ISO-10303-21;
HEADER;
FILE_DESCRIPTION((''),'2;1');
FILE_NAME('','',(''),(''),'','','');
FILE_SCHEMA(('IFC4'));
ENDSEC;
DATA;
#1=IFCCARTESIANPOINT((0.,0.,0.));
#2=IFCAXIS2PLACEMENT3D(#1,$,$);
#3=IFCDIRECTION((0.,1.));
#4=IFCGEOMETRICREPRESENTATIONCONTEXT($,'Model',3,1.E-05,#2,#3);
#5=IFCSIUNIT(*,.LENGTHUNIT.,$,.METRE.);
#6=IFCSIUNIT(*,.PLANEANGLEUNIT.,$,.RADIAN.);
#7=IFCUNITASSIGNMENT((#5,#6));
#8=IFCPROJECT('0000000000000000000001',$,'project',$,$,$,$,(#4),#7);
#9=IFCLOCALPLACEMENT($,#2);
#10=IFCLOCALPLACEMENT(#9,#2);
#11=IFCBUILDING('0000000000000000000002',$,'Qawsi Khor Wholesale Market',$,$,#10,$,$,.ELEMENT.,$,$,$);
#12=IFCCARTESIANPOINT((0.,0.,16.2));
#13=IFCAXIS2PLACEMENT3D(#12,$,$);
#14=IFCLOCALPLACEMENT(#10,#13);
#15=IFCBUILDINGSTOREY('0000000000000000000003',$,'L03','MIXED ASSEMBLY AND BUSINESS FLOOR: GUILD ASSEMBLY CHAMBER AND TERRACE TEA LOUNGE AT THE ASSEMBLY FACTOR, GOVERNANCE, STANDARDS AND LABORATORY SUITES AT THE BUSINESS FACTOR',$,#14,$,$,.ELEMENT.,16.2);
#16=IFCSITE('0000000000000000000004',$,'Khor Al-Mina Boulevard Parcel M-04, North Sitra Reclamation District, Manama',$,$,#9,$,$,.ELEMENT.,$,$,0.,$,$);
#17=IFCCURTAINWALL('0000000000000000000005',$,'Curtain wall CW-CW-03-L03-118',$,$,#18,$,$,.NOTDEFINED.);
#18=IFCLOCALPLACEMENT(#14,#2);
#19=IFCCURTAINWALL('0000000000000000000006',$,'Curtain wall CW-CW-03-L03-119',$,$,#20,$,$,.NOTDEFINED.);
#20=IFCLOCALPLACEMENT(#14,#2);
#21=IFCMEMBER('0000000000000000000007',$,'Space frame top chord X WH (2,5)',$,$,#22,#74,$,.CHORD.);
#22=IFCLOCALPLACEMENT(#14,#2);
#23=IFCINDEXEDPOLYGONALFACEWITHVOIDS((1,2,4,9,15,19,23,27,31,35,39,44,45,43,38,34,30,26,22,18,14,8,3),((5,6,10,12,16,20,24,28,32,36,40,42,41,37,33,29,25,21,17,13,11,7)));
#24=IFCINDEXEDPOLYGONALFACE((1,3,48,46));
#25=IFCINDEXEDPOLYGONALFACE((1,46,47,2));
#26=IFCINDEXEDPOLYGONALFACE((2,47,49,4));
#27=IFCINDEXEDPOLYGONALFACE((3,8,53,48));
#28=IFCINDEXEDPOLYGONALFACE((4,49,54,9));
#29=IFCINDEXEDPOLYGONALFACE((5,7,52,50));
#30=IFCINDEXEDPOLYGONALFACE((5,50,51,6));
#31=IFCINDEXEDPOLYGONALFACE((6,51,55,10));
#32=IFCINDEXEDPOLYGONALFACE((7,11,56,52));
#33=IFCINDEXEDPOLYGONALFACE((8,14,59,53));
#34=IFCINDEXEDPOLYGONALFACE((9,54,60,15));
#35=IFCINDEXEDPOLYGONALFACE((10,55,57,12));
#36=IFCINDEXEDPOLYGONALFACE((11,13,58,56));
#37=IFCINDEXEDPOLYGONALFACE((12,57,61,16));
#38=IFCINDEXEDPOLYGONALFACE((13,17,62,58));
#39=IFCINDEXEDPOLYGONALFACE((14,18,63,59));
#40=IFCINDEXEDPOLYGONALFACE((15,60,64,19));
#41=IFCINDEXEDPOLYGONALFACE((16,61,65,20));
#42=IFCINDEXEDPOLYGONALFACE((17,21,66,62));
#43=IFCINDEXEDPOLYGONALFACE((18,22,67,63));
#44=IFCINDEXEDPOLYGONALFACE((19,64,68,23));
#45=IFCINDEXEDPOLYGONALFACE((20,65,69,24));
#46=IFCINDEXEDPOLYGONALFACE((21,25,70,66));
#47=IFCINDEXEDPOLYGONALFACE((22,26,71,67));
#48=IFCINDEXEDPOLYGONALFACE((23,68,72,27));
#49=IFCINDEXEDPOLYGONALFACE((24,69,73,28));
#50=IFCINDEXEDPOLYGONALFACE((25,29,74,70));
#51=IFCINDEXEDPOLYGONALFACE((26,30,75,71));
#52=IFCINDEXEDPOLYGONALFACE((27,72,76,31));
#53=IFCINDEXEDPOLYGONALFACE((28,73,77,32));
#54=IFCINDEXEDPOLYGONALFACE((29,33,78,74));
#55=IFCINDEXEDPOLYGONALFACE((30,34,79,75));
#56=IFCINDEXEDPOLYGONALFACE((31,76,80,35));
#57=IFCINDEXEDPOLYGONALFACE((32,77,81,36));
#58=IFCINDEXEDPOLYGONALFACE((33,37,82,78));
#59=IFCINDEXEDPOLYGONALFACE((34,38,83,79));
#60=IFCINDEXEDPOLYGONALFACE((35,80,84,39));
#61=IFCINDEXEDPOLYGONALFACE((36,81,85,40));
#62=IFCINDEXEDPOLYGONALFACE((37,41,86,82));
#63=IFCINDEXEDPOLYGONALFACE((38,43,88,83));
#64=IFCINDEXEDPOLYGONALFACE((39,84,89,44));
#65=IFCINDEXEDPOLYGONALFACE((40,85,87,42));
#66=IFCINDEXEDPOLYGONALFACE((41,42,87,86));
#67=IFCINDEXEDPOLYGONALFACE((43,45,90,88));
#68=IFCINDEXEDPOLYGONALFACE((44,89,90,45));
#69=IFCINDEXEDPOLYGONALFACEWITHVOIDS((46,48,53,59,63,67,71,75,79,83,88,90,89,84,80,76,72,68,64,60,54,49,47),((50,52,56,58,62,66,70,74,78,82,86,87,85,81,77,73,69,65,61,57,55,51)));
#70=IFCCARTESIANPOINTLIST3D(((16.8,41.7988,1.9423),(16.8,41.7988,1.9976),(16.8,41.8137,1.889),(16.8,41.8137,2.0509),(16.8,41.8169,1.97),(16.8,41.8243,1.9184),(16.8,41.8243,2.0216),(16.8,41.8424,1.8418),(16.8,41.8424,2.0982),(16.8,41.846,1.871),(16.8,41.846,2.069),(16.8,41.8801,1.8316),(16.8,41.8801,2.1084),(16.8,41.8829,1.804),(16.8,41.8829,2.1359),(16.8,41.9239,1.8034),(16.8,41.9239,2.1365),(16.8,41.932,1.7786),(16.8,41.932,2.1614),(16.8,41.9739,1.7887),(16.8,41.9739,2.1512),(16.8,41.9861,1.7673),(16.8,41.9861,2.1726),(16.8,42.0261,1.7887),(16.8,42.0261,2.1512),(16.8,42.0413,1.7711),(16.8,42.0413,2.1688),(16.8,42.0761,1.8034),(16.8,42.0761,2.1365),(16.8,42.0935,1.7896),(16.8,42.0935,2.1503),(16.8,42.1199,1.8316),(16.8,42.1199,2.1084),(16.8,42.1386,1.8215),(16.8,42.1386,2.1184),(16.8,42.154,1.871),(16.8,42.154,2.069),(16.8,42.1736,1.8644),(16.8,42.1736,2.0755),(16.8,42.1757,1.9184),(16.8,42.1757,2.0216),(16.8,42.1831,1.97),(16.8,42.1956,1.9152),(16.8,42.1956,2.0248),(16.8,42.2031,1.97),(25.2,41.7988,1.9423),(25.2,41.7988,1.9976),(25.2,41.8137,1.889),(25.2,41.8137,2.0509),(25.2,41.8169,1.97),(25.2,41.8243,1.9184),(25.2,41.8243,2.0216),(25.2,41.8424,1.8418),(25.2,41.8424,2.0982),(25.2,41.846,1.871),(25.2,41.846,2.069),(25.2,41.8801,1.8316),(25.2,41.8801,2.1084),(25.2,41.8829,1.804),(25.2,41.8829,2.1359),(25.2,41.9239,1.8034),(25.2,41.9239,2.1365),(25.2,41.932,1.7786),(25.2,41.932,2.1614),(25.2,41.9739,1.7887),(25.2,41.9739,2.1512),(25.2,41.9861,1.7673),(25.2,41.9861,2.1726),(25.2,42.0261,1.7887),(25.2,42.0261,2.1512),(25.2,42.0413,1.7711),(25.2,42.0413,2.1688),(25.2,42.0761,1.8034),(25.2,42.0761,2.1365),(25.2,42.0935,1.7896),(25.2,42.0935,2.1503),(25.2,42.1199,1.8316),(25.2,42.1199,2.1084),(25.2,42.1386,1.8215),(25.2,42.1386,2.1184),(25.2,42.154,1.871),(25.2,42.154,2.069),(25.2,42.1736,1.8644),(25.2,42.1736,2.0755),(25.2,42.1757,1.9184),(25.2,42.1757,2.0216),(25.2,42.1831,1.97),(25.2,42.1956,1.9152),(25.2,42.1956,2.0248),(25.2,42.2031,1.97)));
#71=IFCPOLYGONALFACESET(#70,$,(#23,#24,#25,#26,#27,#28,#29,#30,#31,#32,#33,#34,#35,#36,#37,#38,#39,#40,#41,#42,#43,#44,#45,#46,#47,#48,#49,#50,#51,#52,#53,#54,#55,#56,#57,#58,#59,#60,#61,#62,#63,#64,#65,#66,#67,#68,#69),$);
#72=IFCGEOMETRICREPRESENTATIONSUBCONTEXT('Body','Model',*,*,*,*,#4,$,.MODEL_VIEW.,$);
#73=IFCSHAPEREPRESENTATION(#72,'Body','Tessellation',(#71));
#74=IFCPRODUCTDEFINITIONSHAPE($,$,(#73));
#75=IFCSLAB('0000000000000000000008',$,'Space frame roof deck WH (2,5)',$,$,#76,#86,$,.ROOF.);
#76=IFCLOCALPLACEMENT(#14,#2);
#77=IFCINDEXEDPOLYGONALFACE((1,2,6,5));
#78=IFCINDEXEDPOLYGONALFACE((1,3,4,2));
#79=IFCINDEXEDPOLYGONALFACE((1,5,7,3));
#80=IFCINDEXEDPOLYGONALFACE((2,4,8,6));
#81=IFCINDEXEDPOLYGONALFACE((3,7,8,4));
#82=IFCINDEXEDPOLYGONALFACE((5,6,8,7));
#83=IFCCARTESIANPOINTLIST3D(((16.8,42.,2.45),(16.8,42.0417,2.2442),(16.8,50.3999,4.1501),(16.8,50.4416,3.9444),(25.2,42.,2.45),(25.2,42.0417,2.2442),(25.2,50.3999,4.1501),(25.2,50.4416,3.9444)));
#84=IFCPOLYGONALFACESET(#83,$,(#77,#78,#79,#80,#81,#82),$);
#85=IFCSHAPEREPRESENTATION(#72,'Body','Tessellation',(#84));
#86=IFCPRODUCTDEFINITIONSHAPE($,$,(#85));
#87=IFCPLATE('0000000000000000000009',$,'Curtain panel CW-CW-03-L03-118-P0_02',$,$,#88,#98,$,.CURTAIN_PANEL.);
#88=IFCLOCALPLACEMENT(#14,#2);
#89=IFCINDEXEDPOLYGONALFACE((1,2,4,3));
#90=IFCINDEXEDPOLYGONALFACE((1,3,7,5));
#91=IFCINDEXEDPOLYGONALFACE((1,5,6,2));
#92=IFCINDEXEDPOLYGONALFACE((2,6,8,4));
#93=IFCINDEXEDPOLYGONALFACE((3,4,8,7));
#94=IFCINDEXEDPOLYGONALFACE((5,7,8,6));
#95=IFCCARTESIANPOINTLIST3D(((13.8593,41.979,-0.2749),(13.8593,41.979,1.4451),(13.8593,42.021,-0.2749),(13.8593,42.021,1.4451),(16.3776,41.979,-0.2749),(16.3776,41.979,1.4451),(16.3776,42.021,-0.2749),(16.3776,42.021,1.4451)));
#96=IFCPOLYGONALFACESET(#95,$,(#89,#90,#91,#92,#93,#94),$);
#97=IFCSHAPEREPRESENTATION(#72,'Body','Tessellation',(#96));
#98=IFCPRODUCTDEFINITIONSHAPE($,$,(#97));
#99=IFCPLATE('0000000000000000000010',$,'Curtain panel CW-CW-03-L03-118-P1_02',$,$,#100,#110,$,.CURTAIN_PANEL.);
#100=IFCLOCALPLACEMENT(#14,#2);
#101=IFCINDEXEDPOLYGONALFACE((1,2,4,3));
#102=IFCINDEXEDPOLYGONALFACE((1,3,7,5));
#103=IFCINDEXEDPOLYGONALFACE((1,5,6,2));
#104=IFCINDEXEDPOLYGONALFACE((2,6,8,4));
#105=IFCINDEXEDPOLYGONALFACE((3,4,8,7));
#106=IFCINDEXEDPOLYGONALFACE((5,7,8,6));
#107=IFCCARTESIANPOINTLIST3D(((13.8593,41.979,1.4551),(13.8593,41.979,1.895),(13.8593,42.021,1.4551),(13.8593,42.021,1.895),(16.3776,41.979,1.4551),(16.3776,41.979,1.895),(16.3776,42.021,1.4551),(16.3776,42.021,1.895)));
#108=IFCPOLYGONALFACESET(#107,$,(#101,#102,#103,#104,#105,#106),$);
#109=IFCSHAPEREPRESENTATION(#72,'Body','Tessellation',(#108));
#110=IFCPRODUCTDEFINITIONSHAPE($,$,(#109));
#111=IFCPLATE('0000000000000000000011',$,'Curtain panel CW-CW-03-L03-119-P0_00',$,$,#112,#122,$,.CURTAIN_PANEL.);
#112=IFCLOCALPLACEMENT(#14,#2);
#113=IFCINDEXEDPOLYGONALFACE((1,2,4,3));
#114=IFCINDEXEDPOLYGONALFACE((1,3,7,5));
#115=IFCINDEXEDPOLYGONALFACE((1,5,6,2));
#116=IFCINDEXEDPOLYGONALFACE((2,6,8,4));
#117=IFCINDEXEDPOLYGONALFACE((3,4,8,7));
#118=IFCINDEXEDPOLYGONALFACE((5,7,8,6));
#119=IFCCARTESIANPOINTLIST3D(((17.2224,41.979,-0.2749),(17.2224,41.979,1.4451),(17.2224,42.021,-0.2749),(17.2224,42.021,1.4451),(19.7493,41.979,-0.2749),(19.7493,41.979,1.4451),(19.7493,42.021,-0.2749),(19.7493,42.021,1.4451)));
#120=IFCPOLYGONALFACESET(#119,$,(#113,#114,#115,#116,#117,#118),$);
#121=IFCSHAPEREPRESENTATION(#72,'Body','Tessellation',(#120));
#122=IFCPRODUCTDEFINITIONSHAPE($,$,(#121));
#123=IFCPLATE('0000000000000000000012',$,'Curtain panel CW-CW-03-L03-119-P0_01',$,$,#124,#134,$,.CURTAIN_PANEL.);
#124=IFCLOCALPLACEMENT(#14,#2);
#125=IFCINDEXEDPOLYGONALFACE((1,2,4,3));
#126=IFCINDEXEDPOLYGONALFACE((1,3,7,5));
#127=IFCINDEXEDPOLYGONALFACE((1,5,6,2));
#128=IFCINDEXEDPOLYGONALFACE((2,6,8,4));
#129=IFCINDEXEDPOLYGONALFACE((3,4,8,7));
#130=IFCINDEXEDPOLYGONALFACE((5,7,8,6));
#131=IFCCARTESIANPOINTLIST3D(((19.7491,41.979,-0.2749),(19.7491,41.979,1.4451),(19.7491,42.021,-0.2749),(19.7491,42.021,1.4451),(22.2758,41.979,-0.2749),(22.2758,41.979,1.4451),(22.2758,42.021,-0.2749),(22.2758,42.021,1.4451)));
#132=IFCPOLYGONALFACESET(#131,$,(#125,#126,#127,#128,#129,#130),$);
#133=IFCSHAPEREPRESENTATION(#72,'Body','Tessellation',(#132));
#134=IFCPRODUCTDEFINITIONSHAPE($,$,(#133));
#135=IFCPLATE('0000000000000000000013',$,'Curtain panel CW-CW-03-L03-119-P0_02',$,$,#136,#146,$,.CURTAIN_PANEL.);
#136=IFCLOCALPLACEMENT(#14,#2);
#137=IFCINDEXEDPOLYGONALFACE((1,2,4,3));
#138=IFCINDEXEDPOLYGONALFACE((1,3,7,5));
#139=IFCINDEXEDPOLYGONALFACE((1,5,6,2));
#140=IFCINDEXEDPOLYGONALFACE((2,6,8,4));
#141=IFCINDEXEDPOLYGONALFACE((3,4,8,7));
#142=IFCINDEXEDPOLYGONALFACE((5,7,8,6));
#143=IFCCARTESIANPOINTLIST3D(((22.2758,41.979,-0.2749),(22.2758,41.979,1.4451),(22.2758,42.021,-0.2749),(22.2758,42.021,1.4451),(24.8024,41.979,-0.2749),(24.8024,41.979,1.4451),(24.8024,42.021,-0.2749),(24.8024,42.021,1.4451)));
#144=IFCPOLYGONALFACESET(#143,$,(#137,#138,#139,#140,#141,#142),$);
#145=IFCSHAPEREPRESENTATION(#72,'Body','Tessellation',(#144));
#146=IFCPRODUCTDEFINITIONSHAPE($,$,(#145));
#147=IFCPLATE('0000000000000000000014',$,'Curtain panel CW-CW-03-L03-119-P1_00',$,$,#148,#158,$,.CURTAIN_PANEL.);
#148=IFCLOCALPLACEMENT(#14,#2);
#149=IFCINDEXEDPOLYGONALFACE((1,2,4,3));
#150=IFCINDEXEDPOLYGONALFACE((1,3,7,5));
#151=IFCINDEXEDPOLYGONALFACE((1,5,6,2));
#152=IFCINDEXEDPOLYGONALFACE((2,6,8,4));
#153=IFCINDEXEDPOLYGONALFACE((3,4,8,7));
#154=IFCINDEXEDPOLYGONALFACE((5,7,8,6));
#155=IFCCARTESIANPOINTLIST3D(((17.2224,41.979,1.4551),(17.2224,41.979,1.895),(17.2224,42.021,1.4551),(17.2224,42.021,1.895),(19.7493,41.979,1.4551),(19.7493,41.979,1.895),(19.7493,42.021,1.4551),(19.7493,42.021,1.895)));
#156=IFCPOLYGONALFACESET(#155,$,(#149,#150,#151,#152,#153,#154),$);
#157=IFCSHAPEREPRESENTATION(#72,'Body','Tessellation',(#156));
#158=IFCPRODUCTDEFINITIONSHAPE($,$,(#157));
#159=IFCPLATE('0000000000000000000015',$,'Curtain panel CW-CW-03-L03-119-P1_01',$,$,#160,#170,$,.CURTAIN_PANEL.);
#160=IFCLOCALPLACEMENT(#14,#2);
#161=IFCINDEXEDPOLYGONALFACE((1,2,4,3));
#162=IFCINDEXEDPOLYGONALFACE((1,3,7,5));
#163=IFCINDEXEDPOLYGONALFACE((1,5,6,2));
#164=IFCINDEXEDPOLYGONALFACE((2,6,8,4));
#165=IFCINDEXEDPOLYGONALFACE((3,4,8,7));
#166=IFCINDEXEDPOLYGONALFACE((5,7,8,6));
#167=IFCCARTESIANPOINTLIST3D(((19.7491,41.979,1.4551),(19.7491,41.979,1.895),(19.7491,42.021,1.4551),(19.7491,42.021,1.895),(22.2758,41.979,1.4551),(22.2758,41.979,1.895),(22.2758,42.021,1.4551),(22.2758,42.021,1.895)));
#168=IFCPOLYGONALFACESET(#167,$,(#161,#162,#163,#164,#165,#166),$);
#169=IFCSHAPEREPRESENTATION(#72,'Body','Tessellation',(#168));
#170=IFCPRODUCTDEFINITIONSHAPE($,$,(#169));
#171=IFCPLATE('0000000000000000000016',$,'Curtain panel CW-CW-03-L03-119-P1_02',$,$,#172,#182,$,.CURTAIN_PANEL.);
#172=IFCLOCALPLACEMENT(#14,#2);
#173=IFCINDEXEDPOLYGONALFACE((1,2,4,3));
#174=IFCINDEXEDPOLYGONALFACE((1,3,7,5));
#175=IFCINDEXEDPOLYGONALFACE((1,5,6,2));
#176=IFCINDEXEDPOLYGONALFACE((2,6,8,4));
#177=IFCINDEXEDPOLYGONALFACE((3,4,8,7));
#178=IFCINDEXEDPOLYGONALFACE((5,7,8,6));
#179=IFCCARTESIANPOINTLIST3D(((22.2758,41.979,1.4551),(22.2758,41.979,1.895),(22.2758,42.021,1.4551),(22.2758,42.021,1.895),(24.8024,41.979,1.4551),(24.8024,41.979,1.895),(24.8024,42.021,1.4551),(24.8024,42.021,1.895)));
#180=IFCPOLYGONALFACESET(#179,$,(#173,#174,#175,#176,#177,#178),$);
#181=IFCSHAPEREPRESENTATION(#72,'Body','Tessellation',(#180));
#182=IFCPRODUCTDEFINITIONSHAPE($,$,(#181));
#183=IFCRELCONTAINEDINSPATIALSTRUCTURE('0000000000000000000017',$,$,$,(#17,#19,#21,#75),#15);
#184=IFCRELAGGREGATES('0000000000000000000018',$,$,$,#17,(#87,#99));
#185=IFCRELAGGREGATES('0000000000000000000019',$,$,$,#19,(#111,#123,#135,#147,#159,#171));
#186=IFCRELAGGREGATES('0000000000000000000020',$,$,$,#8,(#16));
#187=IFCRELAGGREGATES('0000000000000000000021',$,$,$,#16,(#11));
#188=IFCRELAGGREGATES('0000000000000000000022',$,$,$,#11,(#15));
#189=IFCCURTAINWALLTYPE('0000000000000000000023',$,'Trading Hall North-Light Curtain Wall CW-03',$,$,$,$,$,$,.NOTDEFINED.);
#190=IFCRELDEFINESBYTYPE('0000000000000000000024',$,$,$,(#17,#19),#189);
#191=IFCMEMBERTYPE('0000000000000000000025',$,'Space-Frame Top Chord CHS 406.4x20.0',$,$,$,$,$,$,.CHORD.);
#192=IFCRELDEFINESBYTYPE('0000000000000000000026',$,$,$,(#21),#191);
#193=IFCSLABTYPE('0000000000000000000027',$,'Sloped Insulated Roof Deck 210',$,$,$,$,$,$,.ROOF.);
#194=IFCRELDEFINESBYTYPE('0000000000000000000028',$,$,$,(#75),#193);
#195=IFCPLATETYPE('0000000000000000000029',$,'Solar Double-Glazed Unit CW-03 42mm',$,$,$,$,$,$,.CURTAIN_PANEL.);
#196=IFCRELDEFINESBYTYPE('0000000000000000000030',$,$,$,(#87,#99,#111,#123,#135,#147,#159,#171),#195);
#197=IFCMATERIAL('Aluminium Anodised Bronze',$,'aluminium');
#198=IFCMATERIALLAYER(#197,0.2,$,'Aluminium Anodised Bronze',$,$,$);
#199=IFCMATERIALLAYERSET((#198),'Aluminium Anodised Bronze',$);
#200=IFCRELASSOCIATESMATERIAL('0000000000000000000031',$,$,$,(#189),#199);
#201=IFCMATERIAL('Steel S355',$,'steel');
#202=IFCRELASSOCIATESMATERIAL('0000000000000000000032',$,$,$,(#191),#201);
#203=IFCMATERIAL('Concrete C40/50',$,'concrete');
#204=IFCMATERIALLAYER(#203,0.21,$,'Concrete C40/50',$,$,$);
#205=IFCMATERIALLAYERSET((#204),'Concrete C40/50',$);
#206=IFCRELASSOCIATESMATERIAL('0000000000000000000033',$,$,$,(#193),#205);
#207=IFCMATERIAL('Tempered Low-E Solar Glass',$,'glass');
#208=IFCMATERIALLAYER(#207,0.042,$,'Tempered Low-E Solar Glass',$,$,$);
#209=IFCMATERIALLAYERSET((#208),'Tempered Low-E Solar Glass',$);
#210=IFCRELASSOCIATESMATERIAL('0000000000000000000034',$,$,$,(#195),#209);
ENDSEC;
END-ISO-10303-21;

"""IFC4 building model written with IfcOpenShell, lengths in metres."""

from ifc_helpers import new_model, si_unit, direction, frame, frame_2d, origin, origin_2d, place, context, subcontext, project, spatial, polyline, rectangle, hollow_circle, outline, extrude, material, layer, layer_set, material_profile, profile_set, type_object, element, aggregate, save


model = new_model("IFC4")

# Units and contexts
model_context = context("Model", 3, precision=1e-05, world=origin(), true_north=direction((0.0, 1.0)))
body_context = subcontext(model_context, "Body", "Model", "MODEL_VIEW")
ifc_project = project(units=[si_unit("LENGTHUNIT", "METRE"), si_unit("PLANEANGLEUNIT", "RADIAN")], contexts=[model_context])

# Site, building, storey
site_placement = place(None, origin())
site = spatial("IfcSite", under=ifc_project, at=site_placement, Name="Khor Al-Mina Boulevard Parcel M-04, North Sitra Reclamation District, Manama", CompositionType="ELEMENT", RefElevation=0.0)
building_placement = place(site_placement, origin())
building = spatial("IfcBuilding", under=site, at=building_placement, Name="Qawsi Khor Wholesale Market", CompositionType="ELEMENT")
storey_placement = place(building_placement, frame((0.0, 0.0, 16.2)))
storey = spatial("IfcBuildingStorey", under=building, at=storey_placement, Name="L03", Description="MIXED ASSEMBLY AND BUSINESS FLOOR: GUILD ASSEMBLY CHAMBER AND TERRACE TEA LOUNGE AT THE ASSEMBLY FACTOR, GOVERNANCE, STANDARDS AND LABORATORY SUITES AT THE BUSINESS FACTOR", CompositionType="ELEMENT", Elevation=16.2)

# Curtain wall
ifc_material_1 = material(Name="Aluminium Anodised Bronze", Category="aluminium")
ifc_layer_1 = layer(ifc_material_1, 0.2, Name="Aluminium Anodised Bronze")
ifc_layer_set_1 = layer_set([ifc_layer_1], Name="Aluminium Anodised Bronze")
curtain_wall_type = type_object("IfcCurtainWallType", Name="Trading Hall North-Light Curtain Wall CW-03", PredefinedType="NOTDEFINED", material=ifc_layer_set_1)
curtain_wall_1_placement = place(storey_placement, origin())
curtain_wall_1 = element("IfcCurtainWall", 1, at=curtain_wall_1_placement, inside=storey, type_object=curtain_wall_type, Name="Curtain wall CW-CW-03-L03-118", PredefinedType="NOTDEFINED")

# Curtain wall
curtain_wall_2_placement = place(storey_placement, origin())
curtain_wall_2 = element("IfcCurtainWall", 2, at=curtain_wall_2_placement, inside=storey, type_object=curtain_wall_type, Name="Curtain wall CW-CW-03-L03-119", PredefinedType="NOTDEFINED")

# Member
ifc_material_2 = material(Name="Steel S355", Category="steel")
ifc_material_profile_1 = material_profile(ifc_material_2, hollow_circle(Radius=0.2031, WallThickness=0.02, at=origin_2d()), Name="CHS 406.4x20.0")
ifc_profile_set_1 = profile_set([ifc_material_profile_1], Name="Steel S355")
member_type_1 = type_object("IfcMemberType", Name="Space-Frame Top Chord CHS 406.4x20.0", PredefinedType="CHORD", material=ifc_profile_set_1)
member_1_placement = place(storey_placement, frame((16.8, 42.0, 1.97), z_axis=(1.0, 0.0, 0.0), x_axis=(0.0, 1.0, 0.0)))
element("IfcMember", 3, at=member_1_placement, inside=storey, type_object=member_type_1, Name="Space frame top chord X WH (2,5)", PredefinedType="CHORD", context=body_context, shape_type="SweptSolid", body=[
    extrude(hollow_circle(Radius=0.2031, WallThickness=0.02, at=origin_2d()), origin(), (0.0, 0.0, 1.0), 8.3999),
])

# Slab
ifc_material_3 = material(Name="Concrete C40/50", Category="concrete")
ifc_layer_2 = layer(ifc_material_3, 0.21, Name="Concrete C40/50")
ifc_layer_set_2 = layer_set([ifc_layer_2], Name="Concrete C40/50")
slab_type = type_object("IfcSlabType", Name="Sloped Insulated Roof Deck 210", PredefinedType="ROOF", material=ifc_layer_set_2)
slab_placement = place(storey_placement, frame((16.8, 42.0, 2.45), z_axis=(0.0, -0.198384, 0.980124), x_axis=(1.0, 0.0, 0.0)))
element("IfcSlab", 4, at=slab_placement, inside=storey, type_object=slab_type, Name="Space frame roof deck WH (2,5)", PredefinedType="ROOF", context=body_context, shape_type="SweptSolid", body=[
    extrude(outline(polyline([(0.0, 0.0), (8.3999, 0.0), (8.3999, 8.5702), (0.0, 8.5702), (0.0, 0.0)])), origin(), (0.0, 0.0, -1.0), 0.21),
])

# Plates
ifc_material_4 = material(Name="Tempered Low-E Solar Glass", Category="glass")
ifc_layer_3 = layer(ifc_material_4, 0.042, Name="Tempered Low-E Solar Glass")
ifc_layer_set_3 = layer_set([ifc_layer_3], Name="Tempered Low-E Solar Glass")
plate_type = type_object("IfcPlateType", Name="Solar Double-Glazed Unit CW-03 42mm", PredefinedType="CURTAIN_PANEL", material=ifc_layer_set_3)
plate_1_placement = place(storey_placement, frame((13.8591, 42.0, -0.2749), z_axis=(0.0, 0.0, 1.0), x_axis=(1.0, 0.0, 0.0)))
plate_1 = element("IfcPlate", 5, at=plate_1_placement, type_object=plate_type, Name="Curtain panel CW-CW-03-L03-118-P0_02", PredefinedType="CURTAIN_PANEL", context=body_context, shape_type="SweptSolid", body=[
    extrude(rectangle(XDim=2.5183, YDim=0.042, at=frame_2d((1.2593, 0.0))), origin(), (0.0, 0.0, 1.0), 1.72),
])
plate_2_placement = place(storey_placement, frame((13.8591, 42.0, 1.4551), z_axis=(0.0, 0.0, 1.0), x_axis=(1.0, 0.0, 0.0)))
plate_2 = element("IfcPlate", 6, at=plate_2_placement, type_object=plate_type, Name="Curtain panel CW-CW-03-L03-118-P1_02", PredefinedType="CURTAIN_PANEL", context=body_context, shape_type="SweptSolid", body=[
    extrude(rectangle(XDim=2.5183, YDim=0.042, at=frame_2d((1.2593, 0.0))), origin(), (0.0, 0.0, 1.0), 0.4399),
])
aggregate(curtain_wall_1, [plate_1, plate_2])
plate_3_placement = place(storey_placement, frame((17.2224, 42.0, -0.2749), z_axis=(0.0, 0.0, 1.0), x_axis=(1.0, 0.0, 0.0)))
plate_3 = element("IfcPlate", 7, at=plate_3_placement, type_object=plate_type, Name="Curtain panel CW-CW-03-L03-119-P0_00", PredefinedType="CURTAIN_PANEL", context=body_context, shape_type="SweptSolid", body=[
    extrude(rectangle(XDim=2.5269, YDim=0.042, at=frame_2d((1.2634, 0.0))), origin(), (0.0, 0.0, 1.0), 1.72),
])
plate_4_placement = place(storey_placement, frame((19.7493, 42.0, -0.2749), z_axis=(0.0, 0.0, 1.0), x_axis=(1.0, 0.0, 0.0)))
plate_4 = element("IfcPlate", 8, at=plate_4_placement, type_object=plate_type, Name="Curtain panel CW-CW-03-L03-119-P0_01", PredefinedType="CURTAIN_PANEL", context=body_context, shape_type="SweptSolid", body=[
    extrude(rectangle(XDim=2.5266, YDim=0.042, at=frame_2d((1.2632, 0.0))), origin(), (0.0, 0.0, 1.0), 1.72),
])
plate_5_placement = place(storey_placement, frame((22.2759, 42.0, -0.2749), z_axis=(0.0, 0.0, 1.0), x_axis=(1.0, 0.0, 0.0)))
plate_5 = element("IfcPlate", 9, at=plate_5_placement, type_object=plate_type, Name="Curtain panel CW-CW-03-L03-119-P0_02", PredefinedType="CURTAIN_PANEL", context=body_context, shape_type="SweptSolid", body=[
    extrude(rectangle(XDim=2.5266, YDim=0.042, at=frame_2d((1.2632, 0.0))), origin(), (0.0, 0.0, 1.0), 1.72),
])
plate_6_placement = place(storey_placement, frame((17.2224, 42.0, 1.4551), z_axis=(0.0, 0.0, 1.0), x_axis=(1.0, 0.0, 0.0)))
plate_6 = element("IfcPlate", 10, at=plate_6_placement, type_object=plate_type, Name="Curtain panel CW-CW-03-L03-119-P1_00", PredefinedType="CURTAIN_PANEL", context=body_context, shape_type="SweptSolid", body=[
    extrude(rectangle(XDim=2.5269, YDim=0.042, at=frame_2d((1.2634, 0.0))), origin(), (0.0, 0.0, 1.0), 0.4399),
])
plate_7_placement = place(storey_placement, frame((19.7493, 42.0, 1.4551), z_axis=(0.0, 0.0, 1.0), x_axis=(1.0, 0.0, 0.0)))
plate_7 = element("IfcPlate", 11, at=plate_7_placement, type_object=plate_type, Name="Curtain panel CW-CW-03-L03-119-P1_01", PredefinedType="CURTAIN_PANEL", context=body_context, shape_type="SweptSolid", body=[
    extrude(rectangle(XDim=2.5266, YDim=0.042, at=frame_2d((1.2632, 0.0))), origin(), (0.0, 0.0, 1.0), 0.4399),
])
plate_8_placement = place(storey_placement, frame((22.2759, 42.0, 1.4551), z_axis=(0.0, 0.0, 1.0), x_axis=(1.0, 0.0, 0.0)))
plate_8 = element("IfcPlate", 12, at=plate_8_placement, type_object=plate_type, Name="Curtain panel CW-CW-03-L03-119-P1_02", PredefinedType="CURTAIN_PANEL", context=body_context, shape_type="SweptSolid", body=[
    extrude(rectangle(XDim=2.5266, YDim=0.042, at=frame_2d((1.2632, 0.0))), origin(), (0.0, 0.0, 1.0), 0.4399),
])
aggregate(curtain_wall_2, [plate_3, plate_4, plate_5, plate_6, plate_7, plate_8])

save(model, "model.ifc")
